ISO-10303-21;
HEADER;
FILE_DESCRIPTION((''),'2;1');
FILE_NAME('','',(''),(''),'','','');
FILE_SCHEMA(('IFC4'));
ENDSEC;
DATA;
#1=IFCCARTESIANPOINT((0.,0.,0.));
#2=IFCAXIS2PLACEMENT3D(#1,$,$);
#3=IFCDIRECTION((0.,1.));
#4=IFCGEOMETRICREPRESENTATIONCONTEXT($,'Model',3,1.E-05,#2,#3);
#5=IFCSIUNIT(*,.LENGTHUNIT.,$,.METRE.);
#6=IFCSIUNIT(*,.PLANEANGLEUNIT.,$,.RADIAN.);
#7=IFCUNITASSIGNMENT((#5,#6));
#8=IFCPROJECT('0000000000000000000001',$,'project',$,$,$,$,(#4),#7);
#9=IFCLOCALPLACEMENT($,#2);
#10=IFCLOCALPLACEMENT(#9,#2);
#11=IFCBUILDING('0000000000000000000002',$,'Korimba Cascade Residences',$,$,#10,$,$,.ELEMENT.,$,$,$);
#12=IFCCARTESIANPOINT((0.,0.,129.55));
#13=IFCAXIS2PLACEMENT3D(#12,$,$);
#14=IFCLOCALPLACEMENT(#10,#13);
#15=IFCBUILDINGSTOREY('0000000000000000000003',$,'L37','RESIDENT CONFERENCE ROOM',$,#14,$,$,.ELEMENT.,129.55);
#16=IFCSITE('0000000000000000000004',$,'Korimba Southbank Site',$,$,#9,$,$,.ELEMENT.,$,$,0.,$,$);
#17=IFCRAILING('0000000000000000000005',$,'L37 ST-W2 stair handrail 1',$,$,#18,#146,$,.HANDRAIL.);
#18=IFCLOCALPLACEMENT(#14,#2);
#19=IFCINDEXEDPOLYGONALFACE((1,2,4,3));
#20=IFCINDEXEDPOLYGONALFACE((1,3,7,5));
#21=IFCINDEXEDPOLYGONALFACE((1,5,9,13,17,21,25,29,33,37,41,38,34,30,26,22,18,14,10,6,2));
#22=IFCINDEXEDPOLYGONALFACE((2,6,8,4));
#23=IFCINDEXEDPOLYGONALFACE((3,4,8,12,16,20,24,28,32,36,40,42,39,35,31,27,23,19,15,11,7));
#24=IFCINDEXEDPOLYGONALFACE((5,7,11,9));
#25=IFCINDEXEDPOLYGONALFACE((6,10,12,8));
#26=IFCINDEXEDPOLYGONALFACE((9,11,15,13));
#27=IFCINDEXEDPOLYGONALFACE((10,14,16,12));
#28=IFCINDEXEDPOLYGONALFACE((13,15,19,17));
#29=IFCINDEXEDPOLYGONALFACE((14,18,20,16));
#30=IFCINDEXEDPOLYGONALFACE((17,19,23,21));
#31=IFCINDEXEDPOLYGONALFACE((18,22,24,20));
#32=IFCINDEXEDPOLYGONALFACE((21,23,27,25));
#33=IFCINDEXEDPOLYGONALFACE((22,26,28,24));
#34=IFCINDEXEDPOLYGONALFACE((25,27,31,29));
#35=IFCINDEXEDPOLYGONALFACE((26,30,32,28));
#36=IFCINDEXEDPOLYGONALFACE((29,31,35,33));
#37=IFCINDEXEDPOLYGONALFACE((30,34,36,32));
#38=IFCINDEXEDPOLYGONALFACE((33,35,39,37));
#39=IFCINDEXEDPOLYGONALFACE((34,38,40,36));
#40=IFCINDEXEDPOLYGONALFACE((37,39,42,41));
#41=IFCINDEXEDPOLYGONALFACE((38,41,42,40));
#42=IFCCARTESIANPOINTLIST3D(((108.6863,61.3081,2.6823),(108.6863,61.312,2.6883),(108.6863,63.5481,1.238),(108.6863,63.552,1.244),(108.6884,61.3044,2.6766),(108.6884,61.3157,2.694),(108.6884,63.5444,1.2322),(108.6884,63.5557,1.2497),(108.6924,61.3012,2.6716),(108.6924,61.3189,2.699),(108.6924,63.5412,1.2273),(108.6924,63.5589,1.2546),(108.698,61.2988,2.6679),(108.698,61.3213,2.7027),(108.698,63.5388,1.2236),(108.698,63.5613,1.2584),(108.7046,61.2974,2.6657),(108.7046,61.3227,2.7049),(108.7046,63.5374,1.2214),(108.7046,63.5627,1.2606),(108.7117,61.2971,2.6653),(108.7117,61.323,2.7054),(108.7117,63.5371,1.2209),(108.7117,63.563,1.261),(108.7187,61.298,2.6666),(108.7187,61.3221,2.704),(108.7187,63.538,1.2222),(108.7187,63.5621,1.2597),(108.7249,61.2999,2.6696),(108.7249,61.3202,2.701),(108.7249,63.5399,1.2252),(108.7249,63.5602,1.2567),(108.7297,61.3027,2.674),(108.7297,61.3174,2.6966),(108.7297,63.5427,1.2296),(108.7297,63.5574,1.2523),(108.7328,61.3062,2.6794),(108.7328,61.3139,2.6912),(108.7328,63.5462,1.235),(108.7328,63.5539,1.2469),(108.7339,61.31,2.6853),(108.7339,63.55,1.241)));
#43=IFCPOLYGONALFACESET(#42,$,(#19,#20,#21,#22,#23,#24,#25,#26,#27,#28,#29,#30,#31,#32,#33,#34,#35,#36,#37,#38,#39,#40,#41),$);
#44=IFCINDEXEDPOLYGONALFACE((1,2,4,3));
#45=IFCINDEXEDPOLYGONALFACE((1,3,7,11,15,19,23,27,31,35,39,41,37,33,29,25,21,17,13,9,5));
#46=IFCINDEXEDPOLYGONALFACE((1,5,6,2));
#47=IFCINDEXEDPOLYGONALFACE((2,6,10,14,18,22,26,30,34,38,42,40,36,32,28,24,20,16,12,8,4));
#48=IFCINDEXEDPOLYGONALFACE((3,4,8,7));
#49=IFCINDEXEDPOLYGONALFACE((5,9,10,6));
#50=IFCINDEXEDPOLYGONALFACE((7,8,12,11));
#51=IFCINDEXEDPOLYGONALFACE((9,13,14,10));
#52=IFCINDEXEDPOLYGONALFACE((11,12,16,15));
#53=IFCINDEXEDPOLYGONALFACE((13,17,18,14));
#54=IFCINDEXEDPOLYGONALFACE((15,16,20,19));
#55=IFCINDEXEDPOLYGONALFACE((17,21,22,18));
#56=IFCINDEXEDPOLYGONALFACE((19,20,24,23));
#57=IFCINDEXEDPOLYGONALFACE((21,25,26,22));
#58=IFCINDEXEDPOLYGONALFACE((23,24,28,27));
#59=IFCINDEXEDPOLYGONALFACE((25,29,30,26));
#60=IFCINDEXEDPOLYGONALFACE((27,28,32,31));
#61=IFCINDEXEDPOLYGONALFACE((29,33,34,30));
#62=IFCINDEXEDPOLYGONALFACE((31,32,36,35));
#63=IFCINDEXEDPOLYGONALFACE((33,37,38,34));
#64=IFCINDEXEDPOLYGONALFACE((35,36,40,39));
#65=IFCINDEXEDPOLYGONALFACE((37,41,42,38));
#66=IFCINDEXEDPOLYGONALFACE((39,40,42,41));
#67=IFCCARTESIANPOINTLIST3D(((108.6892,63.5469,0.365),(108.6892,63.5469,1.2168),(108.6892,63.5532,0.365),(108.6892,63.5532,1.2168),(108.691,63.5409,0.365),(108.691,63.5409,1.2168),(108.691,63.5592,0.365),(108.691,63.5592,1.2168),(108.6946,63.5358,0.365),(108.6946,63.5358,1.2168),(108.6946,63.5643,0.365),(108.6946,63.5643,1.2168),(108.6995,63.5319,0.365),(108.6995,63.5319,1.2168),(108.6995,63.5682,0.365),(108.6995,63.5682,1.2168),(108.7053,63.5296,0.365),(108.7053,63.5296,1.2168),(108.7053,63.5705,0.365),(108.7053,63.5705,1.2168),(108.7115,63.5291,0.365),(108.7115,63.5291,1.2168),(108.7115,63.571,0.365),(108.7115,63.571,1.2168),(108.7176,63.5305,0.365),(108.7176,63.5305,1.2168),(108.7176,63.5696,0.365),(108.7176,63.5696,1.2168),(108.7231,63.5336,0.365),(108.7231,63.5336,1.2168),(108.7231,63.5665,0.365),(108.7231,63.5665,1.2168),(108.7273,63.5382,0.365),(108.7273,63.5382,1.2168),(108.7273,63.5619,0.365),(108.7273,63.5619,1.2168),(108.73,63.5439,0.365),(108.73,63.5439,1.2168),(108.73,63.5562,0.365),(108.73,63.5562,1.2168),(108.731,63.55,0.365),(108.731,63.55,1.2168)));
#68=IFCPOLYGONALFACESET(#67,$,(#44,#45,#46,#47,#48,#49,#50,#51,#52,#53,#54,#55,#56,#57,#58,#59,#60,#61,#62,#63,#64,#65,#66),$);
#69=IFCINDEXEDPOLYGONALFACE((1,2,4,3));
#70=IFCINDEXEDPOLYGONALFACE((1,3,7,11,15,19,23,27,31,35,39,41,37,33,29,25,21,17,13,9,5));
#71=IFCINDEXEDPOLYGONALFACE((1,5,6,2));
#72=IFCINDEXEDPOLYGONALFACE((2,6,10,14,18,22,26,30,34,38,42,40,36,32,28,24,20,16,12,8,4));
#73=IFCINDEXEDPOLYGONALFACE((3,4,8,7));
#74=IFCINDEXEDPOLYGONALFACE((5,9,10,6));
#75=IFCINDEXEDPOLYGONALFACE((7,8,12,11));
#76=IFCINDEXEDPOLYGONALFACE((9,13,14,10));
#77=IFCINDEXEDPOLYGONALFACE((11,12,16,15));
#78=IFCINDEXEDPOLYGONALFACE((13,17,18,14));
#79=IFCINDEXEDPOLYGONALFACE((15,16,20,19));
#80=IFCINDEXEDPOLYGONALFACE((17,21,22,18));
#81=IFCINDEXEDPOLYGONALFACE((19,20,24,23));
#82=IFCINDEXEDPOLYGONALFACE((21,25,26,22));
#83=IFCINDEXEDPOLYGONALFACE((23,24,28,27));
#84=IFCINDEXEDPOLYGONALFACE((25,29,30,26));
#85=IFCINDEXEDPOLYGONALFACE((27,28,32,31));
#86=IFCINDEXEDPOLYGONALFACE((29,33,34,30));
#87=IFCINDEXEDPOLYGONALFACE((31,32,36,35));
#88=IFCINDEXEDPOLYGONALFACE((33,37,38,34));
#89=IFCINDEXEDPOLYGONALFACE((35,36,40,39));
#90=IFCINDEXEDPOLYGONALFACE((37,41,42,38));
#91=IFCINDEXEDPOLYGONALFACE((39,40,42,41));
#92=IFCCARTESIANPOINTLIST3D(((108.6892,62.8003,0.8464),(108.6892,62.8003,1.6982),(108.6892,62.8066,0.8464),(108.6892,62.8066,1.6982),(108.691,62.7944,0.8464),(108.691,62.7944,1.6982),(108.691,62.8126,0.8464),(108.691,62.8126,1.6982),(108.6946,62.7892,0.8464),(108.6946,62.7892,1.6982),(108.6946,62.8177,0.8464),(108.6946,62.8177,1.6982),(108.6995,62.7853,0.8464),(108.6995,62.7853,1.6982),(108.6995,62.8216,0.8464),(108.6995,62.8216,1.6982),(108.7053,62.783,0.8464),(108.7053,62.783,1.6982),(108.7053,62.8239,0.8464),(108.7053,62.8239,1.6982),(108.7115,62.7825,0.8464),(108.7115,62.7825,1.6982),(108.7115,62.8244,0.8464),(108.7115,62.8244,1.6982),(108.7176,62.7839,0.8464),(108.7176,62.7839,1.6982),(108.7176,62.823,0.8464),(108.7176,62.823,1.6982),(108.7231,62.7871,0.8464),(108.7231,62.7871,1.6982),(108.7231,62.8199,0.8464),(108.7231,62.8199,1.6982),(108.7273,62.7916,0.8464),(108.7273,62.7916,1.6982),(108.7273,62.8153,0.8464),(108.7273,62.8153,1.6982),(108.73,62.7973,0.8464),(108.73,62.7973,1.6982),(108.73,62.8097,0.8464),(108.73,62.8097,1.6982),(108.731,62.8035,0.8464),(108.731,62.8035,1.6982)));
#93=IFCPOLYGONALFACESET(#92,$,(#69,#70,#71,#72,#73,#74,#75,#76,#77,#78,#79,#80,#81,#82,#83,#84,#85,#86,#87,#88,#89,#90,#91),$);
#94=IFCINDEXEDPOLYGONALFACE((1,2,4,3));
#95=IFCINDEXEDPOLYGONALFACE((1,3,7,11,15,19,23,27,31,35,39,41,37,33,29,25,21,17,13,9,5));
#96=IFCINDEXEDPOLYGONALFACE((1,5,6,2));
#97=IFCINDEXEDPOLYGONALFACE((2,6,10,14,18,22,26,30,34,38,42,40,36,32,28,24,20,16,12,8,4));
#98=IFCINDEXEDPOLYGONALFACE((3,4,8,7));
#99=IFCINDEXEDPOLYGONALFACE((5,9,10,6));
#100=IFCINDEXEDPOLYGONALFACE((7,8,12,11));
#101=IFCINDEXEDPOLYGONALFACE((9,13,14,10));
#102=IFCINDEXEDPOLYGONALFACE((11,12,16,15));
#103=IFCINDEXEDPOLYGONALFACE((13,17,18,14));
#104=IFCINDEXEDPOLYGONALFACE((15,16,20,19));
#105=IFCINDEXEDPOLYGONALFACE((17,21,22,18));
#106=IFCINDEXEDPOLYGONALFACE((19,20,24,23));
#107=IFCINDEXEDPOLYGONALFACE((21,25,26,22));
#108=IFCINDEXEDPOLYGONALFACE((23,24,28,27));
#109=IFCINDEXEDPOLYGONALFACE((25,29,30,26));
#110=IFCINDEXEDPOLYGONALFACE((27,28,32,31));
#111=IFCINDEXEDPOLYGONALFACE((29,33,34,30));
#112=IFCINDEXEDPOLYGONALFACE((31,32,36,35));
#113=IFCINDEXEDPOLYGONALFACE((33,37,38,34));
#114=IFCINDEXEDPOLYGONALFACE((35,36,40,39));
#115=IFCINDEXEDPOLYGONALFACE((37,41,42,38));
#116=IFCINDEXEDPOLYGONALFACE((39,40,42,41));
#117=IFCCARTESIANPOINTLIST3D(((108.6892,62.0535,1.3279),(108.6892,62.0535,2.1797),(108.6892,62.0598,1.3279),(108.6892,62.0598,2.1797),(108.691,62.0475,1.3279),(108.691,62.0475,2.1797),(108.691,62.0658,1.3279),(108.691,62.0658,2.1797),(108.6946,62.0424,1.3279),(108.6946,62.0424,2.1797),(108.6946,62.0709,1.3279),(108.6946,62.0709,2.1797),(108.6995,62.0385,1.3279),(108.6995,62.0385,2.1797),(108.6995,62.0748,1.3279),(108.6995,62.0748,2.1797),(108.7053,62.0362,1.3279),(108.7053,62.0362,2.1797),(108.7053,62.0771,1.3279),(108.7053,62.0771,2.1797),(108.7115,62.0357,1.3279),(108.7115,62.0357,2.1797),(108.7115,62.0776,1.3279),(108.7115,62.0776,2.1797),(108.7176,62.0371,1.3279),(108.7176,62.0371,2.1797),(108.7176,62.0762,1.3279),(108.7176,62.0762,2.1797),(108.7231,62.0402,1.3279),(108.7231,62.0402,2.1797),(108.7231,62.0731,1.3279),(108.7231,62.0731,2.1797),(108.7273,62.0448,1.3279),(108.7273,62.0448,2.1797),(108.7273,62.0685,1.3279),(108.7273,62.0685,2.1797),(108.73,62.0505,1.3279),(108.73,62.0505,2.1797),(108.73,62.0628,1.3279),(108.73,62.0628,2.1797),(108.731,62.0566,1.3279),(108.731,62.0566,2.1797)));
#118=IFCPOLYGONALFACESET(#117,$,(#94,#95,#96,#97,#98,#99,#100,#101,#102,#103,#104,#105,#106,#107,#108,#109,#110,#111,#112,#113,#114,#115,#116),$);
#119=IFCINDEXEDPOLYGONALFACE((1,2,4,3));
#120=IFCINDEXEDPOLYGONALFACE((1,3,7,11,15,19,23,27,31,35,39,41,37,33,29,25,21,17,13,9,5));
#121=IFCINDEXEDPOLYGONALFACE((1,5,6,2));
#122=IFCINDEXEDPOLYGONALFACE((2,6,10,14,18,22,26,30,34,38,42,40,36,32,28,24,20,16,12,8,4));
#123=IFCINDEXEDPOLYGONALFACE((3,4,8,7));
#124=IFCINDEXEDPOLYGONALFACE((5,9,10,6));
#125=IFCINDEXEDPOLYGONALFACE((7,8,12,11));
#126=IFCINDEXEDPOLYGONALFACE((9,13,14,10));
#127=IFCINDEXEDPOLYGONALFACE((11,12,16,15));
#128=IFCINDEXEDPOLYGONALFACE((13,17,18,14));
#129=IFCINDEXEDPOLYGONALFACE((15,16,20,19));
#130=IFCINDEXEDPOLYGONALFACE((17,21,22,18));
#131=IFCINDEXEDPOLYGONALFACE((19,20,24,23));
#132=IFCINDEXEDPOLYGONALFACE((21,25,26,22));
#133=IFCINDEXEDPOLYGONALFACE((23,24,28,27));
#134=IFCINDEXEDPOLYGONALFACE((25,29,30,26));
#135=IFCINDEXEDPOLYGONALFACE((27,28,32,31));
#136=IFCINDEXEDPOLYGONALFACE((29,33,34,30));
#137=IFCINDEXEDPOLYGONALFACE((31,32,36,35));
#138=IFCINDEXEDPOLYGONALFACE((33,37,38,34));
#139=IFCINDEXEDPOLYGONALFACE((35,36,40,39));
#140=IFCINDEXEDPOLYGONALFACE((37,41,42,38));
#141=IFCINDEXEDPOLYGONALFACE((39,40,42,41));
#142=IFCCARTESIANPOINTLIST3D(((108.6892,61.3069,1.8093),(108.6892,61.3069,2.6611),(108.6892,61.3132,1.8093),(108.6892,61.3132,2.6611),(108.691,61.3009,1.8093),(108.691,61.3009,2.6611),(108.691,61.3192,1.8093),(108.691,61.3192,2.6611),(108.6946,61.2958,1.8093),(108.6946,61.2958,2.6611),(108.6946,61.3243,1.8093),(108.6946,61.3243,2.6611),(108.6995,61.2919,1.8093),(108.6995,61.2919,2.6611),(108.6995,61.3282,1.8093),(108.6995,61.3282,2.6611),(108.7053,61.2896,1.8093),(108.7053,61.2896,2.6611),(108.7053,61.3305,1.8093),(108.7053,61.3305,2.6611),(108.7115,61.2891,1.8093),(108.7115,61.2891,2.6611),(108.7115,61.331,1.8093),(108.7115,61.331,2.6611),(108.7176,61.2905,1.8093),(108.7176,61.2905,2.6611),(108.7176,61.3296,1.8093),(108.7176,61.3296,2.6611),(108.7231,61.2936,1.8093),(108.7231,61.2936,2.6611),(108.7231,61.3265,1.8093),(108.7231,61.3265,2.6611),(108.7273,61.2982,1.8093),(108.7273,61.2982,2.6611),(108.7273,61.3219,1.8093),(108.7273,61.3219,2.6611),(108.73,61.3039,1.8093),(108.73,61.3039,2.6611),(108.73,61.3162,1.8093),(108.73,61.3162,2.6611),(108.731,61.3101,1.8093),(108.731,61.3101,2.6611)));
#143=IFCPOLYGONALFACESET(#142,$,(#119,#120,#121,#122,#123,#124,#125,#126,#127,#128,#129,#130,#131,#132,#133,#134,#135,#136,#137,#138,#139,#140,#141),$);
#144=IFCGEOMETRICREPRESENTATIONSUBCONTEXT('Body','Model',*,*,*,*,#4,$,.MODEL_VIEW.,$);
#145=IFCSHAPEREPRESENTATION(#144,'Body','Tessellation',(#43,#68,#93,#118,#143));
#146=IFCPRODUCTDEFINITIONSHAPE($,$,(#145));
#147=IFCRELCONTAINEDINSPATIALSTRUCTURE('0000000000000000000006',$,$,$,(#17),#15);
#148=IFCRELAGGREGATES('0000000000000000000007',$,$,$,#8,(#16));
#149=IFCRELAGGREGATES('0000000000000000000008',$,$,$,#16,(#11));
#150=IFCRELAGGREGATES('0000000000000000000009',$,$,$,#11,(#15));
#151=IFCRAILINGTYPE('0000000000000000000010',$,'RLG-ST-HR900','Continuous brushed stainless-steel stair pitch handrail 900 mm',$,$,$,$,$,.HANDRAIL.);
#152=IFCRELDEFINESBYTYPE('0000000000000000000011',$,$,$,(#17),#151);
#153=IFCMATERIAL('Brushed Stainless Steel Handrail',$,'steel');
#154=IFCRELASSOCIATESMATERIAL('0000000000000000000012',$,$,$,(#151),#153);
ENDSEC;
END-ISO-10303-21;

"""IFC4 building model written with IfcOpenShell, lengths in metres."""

from ifc_helpers import new_model, si_unit, direction, frame, origin, origin_2d, place, context, subcontext, project, spatial, circle, extrude, material, type_object, element, save


model = new_model("IFC4")

# Units and contexts
model_context = context("Model", 3, precision=1e-05, world=origin(), true_north=direction((0.0, 1.0)))
body_context = subcontext(model_context, "Body", "Model", "MODEL_VIEW")
ifc_project = project(units=[si_unit("LENGTHUNIT", "METRE"), si_unit("PLANEANGLEUNIT", "RADIAN")], contexts=[model_context])

# Site, building, storey
site_placement = place(None, origin())
site = spatial("IfcSite", under=ifc_project, at=site_placement, Name="Korimba Southbank Site", CompositionType="ELEMENT", RefElevation=0.0)
building_placement = place(site_placement, origin())
building = spatial("IfcBuilding", under=site, at=building_placement, Name="Korimba Cascade Residences", CompositionType="ELEMENT")
storey_placement = place(building_placement, frame((0.0, 0.0, 129.55)))
storey = spatial("IfcBuildingStorey", under=building, at=storey_placement, Name="L37", Description="RESIDENT CONFERENCE ROOM", CompositionType="ELEMENT", Elevation=129.55)

# Railing
ifc_material_1 = material(Name="Brushed Stainless Steel Handrail", Category="steel")
railing_type_1 = type_object("IfcRailingType", Name="RLG-ST-HR900", Description="Continuous brushed stainless-steel stair pitch handrail 900 mm", PredefinedType="HANDRAIL", material=ifc_material_1)
railing_1_placement = place(storey_placement, frame((108.71, 63.55, 0.365)))
element("IfcRailing", 1, at=railing_1_placement, inside=storey, type_object=railing_type_1, Name="L37 ST-W2 stair handrail 1", PredefinedType="HANDRAIL", context=body_context, shape_type="SweptSolid", body=[
    extrude(circle(Radius=0.0239, at=origin_2d()), frame((0.0, 0.0, 0.876), z_axis=(0.0, -0.840437, 0.54191), x_axis=(1.0, 0.0, 0.0)), (0.0, 0.0, 1.0), 2.6653),
    extrude(circle(Radius=0.021, at=origin_2d()), origin(), (0.0, 0.0, 1.0), 0.8518),
    extrude(circle(Radius=0.021, at=origin_2d()), frame((0.0, -0.7466, 0.4814)), (0.0, 0.0, 1.0), 0.8518),
    extrude(circle(Radius=0.021, at=origin_2d()), frame((0.0, -1.4934, 0.9629)), (0.0, 0.0, 1.0), 0.8518),
    extrude(circle(Radius=0.021, at=origin_2d()), frame((0.0, -2.24, 1.4443)), (0.0, 0.0, 1.0), 0.8518),
])

save(model, "model.ifc")
